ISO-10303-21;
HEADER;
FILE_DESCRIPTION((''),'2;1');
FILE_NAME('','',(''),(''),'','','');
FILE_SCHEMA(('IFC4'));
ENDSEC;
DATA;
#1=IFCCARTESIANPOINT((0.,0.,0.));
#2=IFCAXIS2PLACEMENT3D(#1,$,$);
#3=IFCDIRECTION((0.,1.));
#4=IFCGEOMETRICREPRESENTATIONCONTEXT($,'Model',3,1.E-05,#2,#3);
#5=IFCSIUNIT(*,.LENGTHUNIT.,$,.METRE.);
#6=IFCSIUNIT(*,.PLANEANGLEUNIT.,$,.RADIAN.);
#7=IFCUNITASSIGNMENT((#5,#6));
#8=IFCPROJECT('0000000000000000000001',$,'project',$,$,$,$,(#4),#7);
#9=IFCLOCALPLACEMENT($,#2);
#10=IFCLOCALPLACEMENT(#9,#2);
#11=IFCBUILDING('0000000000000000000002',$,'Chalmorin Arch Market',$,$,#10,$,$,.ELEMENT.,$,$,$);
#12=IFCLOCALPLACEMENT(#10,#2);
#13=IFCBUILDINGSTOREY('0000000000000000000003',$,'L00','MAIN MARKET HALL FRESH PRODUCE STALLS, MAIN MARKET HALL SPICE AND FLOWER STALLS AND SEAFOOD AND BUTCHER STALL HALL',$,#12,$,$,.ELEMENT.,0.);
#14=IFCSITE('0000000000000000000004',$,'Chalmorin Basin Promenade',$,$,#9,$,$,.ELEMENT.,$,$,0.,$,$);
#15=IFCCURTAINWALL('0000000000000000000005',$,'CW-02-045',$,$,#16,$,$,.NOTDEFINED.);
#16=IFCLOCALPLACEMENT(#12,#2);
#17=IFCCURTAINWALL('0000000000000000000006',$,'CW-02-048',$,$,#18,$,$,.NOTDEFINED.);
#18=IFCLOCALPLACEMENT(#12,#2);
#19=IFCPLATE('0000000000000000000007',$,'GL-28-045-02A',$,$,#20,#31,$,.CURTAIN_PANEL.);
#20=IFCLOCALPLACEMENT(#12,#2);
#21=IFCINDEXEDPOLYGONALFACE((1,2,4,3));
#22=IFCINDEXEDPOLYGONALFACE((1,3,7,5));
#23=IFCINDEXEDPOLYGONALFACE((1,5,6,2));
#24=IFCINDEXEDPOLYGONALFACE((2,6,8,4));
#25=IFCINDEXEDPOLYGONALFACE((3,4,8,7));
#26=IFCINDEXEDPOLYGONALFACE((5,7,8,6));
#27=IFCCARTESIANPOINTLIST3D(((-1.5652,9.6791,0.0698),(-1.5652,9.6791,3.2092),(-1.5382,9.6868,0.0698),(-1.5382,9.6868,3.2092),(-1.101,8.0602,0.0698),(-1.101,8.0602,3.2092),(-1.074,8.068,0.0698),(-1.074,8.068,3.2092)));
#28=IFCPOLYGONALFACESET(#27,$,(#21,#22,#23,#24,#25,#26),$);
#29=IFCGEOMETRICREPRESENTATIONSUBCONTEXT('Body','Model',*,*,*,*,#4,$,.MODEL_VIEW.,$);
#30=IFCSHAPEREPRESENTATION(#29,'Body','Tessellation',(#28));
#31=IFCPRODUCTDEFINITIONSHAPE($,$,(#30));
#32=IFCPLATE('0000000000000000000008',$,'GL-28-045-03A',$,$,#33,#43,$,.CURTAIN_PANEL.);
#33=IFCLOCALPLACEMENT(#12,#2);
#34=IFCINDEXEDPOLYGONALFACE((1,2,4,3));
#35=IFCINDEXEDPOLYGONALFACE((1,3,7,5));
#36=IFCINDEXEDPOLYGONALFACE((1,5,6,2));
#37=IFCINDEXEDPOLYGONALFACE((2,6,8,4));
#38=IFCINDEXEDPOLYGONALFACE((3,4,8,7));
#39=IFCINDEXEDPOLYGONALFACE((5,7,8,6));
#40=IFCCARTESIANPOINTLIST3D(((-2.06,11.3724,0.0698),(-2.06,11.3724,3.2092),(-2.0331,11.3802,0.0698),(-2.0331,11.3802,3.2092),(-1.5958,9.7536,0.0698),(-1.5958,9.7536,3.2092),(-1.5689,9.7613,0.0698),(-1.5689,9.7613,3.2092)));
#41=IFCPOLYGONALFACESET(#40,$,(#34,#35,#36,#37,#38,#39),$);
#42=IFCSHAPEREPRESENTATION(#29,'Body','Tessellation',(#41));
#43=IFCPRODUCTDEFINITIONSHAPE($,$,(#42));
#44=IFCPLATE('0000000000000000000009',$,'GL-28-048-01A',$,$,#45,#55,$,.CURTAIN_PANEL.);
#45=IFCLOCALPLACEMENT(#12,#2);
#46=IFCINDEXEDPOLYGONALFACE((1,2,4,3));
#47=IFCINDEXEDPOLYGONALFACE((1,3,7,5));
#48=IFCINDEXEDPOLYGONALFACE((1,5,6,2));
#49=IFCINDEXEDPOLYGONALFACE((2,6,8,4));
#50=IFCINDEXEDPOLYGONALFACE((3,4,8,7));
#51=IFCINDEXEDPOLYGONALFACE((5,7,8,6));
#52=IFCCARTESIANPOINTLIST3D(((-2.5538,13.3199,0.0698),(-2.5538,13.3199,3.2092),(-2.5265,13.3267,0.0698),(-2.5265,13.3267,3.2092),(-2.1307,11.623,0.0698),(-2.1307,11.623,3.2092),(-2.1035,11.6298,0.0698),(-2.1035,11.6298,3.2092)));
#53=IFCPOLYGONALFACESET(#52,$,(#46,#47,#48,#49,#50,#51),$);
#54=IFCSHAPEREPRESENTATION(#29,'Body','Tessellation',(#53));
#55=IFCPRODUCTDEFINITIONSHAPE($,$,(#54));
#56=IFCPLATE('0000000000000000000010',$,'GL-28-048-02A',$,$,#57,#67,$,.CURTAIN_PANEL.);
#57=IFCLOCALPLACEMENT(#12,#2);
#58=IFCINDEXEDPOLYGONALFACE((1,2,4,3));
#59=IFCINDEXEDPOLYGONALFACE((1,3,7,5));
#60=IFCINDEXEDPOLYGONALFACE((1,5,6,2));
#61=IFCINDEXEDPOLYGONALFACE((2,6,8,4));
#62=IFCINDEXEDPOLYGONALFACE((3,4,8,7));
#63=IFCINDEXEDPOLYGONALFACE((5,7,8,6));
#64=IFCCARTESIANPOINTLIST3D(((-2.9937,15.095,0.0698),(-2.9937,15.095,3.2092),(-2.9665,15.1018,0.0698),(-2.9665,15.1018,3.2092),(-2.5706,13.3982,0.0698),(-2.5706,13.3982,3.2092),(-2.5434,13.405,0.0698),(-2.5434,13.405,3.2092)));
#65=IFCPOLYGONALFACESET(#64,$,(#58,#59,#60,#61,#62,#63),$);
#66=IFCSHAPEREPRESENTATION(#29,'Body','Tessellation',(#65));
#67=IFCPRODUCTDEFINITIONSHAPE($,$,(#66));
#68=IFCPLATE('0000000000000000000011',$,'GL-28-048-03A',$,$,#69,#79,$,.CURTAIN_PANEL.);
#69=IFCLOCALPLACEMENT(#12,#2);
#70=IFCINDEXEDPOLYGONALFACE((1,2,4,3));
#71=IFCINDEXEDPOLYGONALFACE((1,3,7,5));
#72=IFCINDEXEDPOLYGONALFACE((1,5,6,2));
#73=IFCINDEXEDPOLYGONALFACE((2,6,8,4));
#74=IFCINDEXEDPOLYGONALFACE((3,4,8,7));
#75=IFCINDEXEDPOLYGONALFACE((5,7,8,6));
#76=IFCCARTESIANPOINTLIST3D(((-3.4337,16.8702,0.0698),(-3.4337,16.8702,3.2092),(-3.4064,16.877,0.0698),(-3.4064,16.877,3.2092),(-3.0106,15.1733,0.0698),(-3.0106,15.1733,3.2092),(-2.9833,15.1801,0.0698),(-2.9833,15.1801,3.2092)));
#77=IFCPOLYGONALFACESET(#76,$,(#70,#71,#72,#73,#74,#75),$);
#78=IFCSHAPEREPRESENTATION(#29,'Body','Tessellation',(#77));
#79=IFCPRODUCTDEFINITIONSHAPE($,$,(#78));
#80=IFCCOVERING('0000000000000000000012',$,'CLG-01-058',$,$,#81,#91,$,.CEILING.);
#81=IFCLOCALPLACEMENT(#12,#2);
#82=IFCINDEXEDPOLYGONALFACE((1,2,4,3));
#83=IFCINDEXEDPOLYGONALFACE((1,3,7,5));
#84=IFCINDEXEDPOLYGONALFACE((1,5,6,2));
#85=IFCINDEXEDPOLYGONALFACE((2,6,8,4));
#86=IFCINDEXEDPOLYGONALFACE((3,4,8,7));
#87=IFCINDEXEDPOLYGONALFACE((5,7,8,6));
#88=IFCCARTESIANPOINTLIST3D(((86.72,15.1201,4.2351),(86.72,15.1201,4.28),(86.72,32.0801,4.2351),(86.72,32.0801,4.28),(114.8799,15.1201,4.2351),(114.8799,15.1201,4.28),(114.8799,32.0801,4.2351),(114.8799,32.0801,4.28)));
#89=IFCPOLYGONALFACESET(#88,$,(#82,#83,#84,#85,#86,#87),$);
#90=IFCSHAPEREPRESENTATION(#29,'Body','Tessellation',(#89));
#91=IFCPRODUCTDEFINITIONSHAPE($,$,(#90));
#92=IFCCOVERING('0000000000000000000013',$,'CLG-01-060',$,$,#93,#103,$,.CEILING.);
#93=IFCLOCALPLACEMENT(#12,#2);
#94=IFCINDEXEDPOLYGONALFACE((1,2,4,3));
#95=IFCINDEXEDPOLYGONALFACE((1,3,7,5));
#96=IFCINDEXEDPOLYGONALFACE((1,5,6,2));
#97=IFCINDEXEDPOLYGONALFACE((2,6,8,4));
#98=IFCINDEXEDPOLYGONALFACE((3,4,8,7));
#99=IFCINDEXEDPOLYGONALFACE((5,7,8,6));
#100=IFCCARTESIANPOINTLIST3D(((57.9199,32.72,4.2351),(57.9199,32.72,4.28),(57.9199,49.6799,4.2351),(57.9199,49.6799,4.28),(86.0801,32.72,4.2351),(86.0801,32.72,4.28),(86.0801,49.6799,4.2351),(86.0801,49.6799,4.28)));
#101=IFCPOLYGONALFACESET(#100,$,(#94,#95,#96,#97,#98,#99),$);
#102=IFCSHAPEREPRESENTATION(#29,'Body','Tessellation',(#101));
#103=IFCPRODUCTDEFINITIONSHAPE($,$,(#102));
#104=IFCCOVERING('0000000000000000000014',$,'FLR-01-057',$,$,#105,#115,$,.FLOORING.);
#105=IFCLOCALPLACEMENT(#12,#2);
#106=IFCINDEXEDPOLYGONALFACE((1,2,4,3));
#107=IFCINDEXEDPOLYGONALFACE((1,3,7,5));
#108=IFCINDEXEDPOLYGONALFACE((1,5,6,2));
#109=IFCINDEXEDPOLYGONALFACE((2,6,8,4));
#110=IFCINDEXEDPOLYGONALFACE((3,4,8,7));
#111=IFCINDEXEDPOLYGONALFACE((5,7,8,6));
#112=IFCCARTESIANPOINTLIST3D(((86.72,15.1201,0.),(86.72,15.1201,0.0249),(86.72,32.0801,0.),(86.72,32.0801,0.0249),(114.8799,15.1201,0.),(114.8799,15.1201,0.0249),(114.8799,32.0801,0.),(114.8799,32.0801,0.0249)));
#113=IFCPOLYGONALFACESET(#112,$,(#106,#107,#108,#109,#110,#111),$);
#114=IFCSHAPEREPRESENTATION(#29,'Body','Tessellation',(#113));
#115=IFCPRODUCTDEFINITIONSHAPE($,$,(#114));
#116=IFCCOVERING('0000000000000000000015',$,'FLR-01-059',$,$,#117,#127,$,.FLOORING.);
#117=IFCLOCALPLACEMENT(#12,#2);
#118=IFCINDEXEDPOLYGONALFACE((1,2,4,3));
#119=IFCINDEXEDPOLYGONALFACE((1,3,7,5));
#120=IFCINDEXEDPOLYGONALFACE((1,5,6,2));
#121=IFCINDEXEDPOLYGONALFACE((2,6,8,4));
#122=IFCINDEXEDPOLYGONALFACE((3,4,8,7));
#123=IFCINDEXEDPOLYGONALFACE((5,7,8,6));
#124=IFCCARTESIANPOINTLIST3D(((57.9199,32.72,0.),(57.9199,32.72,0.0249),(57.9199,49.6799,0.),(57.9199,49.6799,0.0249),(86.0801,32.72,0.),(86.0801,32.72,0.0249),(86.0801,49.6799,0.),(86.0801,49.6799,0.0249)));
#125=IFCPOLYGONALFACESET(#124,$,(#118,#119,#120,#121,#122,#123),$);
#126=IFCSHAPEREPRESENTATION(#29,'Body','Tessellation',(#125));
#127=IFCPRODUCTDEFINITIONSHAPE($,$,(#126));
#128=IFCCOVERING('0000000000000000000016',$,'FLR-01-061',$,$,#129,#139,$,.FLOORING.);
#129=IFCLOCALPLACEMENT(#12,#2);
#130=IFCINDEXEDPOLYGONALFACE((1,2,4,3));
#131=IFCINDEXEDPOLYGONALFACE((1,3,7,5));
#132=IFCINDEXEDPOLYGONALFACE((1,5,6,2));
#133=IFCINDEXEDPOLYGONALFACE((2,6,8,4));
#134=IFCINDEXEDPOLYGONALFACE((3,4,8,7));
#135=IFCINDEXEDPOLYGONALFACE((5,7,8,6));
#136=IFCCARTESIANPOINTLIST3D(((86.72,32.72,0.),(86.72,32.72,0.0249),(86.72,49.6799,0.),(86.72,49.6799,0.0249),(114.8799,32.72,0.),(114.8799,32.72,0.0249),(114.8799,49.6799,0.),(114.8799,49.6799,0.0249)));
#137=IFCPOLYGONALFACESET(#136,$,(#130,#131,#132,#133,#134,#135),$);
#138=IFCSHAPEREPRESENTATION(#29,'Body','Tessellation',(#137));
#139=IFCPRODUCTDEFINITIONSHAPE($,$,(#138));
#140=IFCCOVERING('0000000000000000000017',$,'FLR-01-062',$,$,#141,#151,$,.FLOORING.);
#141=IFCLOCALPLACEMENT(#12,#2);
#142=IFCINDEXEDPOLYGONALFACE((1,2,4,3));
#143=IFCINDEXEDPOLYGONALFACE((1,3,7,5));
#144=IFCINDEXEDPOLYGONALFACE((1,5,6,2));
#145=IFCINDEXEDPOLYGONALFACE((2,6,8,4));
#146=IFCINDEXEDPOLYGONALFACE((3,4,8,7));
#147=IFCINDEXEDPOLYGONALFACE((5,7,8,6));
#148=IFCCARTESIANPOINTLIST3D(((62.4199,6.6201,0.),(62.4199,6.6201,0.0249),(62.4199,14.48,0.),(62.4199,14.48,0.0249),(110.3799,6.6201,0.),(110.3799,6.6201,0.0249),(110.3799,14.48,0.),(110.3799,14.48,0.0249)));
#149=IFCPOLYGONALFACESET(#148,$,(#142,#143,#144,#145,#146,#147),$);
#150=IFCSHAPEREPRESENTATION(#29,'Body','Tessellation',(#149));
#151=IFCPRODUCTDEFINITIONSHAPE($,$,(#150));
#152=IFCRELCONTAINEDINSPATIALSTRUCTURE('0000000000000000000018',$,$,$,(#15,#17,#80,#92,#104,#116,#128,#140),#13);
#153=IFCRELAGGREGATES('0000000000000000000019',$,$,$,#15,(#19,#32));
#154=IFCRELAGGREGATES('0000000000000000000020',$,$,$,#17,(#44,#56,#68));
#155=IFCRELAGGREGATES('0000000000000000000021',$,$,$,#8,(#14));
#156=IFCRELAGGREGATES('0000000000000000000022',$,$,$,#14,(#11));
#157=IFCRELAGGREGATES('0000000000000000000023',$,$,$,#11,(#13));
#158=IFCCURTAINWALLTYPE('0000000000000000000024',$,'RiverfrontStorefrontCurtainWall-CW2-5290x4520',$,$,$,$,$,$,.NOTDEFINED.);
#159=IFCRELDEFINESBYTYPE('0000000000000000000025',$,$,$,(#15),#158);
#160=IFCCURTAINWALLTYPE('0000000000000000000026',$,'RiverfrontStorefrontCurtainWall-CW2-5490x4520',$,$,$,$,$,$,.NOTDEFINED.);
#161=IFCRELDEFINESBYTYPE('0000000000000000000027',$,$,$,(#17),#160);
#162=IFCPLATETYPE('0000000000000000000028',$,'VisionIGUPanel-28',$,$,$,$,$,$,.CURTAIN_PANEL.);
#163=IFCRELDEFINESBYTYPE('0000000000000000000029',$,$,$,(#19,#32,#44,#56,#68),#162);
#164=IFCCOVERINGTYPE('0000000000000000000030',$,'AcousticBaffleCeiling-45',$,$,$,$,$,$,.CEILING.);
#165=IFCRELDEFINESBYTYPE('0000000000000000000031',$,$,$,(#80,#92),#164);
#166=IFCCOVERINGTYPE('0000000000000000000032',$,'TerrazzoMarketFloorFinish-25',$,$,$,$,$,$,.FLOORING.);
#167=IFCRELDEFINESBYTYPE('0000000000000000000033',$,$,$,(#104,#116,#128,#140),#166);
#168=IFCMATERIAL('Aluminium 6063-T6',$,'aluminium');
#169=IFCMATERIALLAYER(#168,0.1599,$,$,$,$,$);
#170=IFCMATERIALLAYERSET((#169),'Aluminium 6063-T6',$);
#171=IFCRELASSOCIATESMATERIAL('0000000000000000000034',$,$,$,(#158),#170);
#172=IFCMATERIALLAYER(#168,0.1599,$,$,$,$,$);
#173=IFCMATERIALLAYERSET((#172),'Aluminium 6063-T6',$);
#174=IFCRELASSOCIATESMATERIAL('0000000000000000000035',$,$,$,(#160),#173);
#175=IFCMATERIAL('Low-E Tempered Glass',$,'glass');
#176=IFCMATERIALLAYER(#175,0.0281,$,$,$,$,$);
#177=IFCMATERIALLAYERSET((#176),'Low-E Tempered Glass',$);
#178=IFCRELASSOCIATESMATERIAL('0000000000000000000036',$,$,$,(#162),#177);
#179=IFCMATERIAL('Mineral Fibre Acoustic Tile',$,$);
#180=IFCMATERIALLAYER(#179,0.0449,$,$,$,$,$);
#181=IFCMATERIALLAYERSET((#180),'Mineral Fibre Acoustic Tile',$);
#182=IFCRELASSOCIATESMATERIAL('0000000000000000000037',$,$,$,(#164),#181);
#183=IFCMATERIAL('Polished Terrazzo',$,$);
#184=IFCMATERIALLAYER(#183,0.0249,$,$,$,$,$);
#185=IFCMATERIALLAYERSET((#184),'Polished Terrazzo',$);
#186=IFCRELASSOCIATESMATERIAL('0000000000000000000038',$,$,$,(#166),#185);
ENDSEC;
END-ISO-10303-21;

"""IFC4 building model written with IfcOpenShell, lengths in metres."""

from ifc_helpers import new_model, si_unit, direction, frame, origin, origin_2d, place, context, subcontext, project, spatial, polyline, rectangle, outline, extrude, material, layer, layer_set, type_object, element, aggregate, save


model = new_model("IFC4")

# Units and contexts
model_context = context("Model", 3, precision=1e-05, world=origin(), true_north=direction((0.0, 1.0)))
body_context = subcontext(model_context, "Body", "Model", "MODEL_VIEW")
ifc_project = project(units=[si_unit("LENGTHUNIT", "METRE"), si_unit("PLANEANGLEUNIT", "RADIAN")], contexts=[model_context])

# Site, building, storey
site_placement = place(None, origin())
site = spatial("IfcSite", under=ifc_project, at=site_placement, Name="Chalmorin Basin Promenade", CompositionType="ELEMENT", RefElevation=0.0)
building_placement = place(site_placement, origin())
building = spatial("IfcBuilding", under=site, at=building_placement, Name="Chalmorin Arch Market", CompositionType="ELEMENT")
storey_placement = place(building_placement, origin())
storey = spatial("IfcBuildingStorey", under=building, at=storey_placement, Name="L00", Description="MAIN MARKET HALL FRESH PRODUCE STALLS, MAIN MARKET HALL SPICE AND FLOWER STALLS AND SEAFOOD AND BUTCHER STALL HALL", CompositionType="ELEMENT", Elevation=0.0)

# Curtain walls
ifc_material_1 = material(Name="Aluminium 6063-T6", Category="aluminium")
ifc_layer_1 = layer(ifc_material_1, 0.1599)
ifc_layer_set_1 = layer_set([ifc_layer_1], Name="Aluminium 6063-T6")
curtain_wall_type_1 = type_object("IfcCurtainWallType", Name="RiverfrontStorefrontCurtainWall-CW2-5290x4520", PredefinedType="NOTDEFINED", material=ifc_layer_set_1)
curtain_wall_1_placement = place(storey_placement, origin())
curtain_wall_1 = element("IfcCurtainWall", 1, at=curtain_wall_1_placement, inside=storey, type_object=curtain_wall_type_1, Name="CW-02-045", PredefinedType="NOTDEFINED")
ifc_layer_2 = layer(ifc_material_1, 0.1599)
ifc_layer_set_2 = layer_set([ifc_layer_2], Name="Aluminium 6063-T6")
curtain_wall_type_2 = type_object("IfcCurtainWallType", Name="RiverfrontStorefrontCurtainWall-CW2-5490x4520", PredefinedType="NOTDEFINED", material=ifc_layer_set_2)
curtain_wall_2_placement = place(storey_placement, origin())
curtain_wall_2 = element("IfcCurtainWall", 2, at=curtain_wall_2_placement, inside=storey, type_object=curtain_wall_type_2, Name="CW-02-048", PredefinedType="NOTDEFINED")

# Plates
ifc_material_2 = material(Name="Low-E Tempered Glass", Category="glass")
ifc_layer_3 = layer(ifc_material_2, 0.0281)
ifc_layer_set_3 = layer_set([ifc_layer_3], Name="Low-E Tempered Glass")
plate_type_1 = type_object("IfcPlateType", Name="VisionIGUPanel-28", PredefinedType="CURTAIN_PANEL", material=ifc_layer_set_3)
plate_1_placement = place(storey_placement, frame((-1.3196, 8.8735, 0.0698), z_axis=(0.0, 0.0, 1.0), x_axis=(-0.275637, 0.961262, 0.0)))
plate_1 = element("IfcPlate", 3, at=plate_1_placement, type_object=plate_type_1, Name="GL-28-045-02A", PredefinedType="CURTAIN_PANEL", context=body_context, shape_type="SweptSolid", body=[
    extrude(rectangle(XDim=1.6841, YDim=0.0281, at=origin_2d()), origin(), (0.0, 0.0, 1.0), 3.1394),
])
plate_2_placement = place(storey_placement, frame((-1.8145, 10.5669, 0.0698), z_axis=(0.0, 0.0, 1.0), x_axis=(-0.275637, 0.961262, 0.0)))
plate_2 = element("IfcPlate", 4, at=plate_2_placement, type_object=plate_type_1, Name="GL-28-045-03A", PredefinedType="CURTAIN_PANEL", context=body_context, shape_type="SweptSolid", body=[
    extrude(rectangle(XDim=1.6841, YDim=0.0281, at=origin_2d()), origin(), (0.0, 0.0, 1.0), 3.1394),
])
aggregate(curtain_wall_1, [plate_1, plate_2])
plate_3_placement = place(storey_placement, frame((-2.3286, 12.4749, 0.0698), z_axis=(0.0, 0.0, 1.0), x_axis=(-0.241922, 0.970296, 0.0)))
plate_3 = element("IfcPlate", 5, at=plate_3_placement, type_object=plate_type_1, Name="GL-28-048-01A", PredefinedType="CURTAIN_PANEL", context=body_context, shape_type="SweptSolid", body=[
    extrude(rectangle(XDim=1.7488, YDim=0.0281, at=origin_2d()), origin(), (0.0, 0.0, 1.0), 3.1394),
])
plate_4_placement = place(storey_placement, frame((-2.7686, 14.25, 0.0698), z_axis=(0.0, 0.0, 1.0), x_axis=(-0.241922, 0.970296, 0.0)))
plate_4 = element("IfcPlate", 6, at=plate_4_placement, type_object=plate_type_1, Name="GL-28-048-02A", PredefinedType="CURTAIN_PANEL", context=body_context, shape_type="SweptSolid", body=[
    extrude(rectangle(XDim=1.7488, YDim=0.0281, at=origin_2d()), origin(), (0.0, 0.0, 1.0), 3.1394),
])
plate_5_placement = place(storey_placement, frame((-3.2085, 16.0251, 0.0698), z_axis=(0.0, 0.0, 1.0), x_axis=(-0.241922, 0.970296, 0.0)))
plate_5 = element("IfcPlate", 7, at=plate_5_placement, type_object=plate_type_1, Name="GL-28-048-03A", PredefinedType="CURTAIN_PANEL", context=body_context, shape_type="SweptSolid", body=[
    extrude(rectangle(XDim=1.7488, YDim=0.0281, at=origin_2d()), origin(), (0.0, 0.0, 1.0), 3.1394),
])
aggregate(curtain_wall_2, [plate_3, plate_4, plate_5])

# Coverings
ifc_material_3 = material(Name="Mineral Fibre Acoustic Tile")
ifc_layer_4 = layer(ifc_material_3, 0.0449)
ifc_layer_set_4 = layer_set([ifc_layer_4], Name="Mineral Fibre Acoustic Tile")
covering_type_1 = type_object("IfcCoveringType", Name="AcousticBaffleCeiling-45", PredefinedType="CEILING", material=ifc_layer_set_4)
covering_1_placement = place(storey_placement, frame((0.0, 0.0, 4.2351)))
element("IfcCovering", 8, at=covering_1_placement, inside=storey, type_object=covering_type_1, Name="CLG-01-058", PredefinedType="CEILING", context=body_context, shape_type="SweptSolid", body=[
    extrude(outline(polyline([(86.72, 15.1201), (114.8799, 15.1201), (114.8799, 32.0801), (86.72, 32.0801), (86.72, 15.1201)])), origin(), (0.0, 0.0, 1.0), 0.0449),
])
covering_2_placement = place(storey_placement, frame((0.0, 0.0, 4.2351)))
element("IfcCovering", 9, at=covering_2_placement, inside=storey, type_object=covering_type_1, Name="CLG-01-060", PredefinedType="CEILING", context=body_context, shape_type="SweptSolid", body=[
    extrude(outline(polyline([(57.9199, 32.72), (86.0801, 32.72), (86.0801, 49.6799), (57.9199, 49.6799), (57.9199, 32.72)])), origin(), (0.0, 0.0, 1.0), 0.0449),
])
ifc_material_4 = material(Name="Polished Terrazzo")
ifc_layer_5 = layer(ifc_material_4, 0.0249)
ifc_layer_set_5 = layer_set([ifc_layer_5], Name="Polished Terrazzo")
covering_type_2 = type_object("IfcCoveringType", Name="TerrazzoMarketFloorFinish-25", PredefinedType="FLOORING", material=ifc_layer_set_5)
covering_3_placement = place(storey_placement, origin())
element("IfcCovering", 10, at=covering_3_placement, inside=storey, type_object=covering_type_2, Name="FLR-01-057", PredefinedType="FLOORING", context=body_context, shape_type="SweptSolid", body=[
    extrude(outline(polyline([(86.72, 15.1201), (114.8799, 15.1201), (114.8799, 32.0801), (86.72, 32.0801), (86.72, 15.1201)])), origin(), (0.0, 0.0, 1.0), 0.0249),
])
covering_4_placement = place(storey_placement, origin())
element("IfcCovering", 11, at=covering_4_placement, inside=storey, type_object=covering_type_2, Name="FLR-01-059", PredefinedType="FLOORING", context=body_context, shape_type="SweptSolid", body=[
    extrude(outline(polyline([(57.9199, 32.72), (86.0801, 32.72), (86.0801, 49.6799), (57.9199, 49.6799), (57.9199, 32.72)])), origin(), (0.0, 0.0, 1.0), 0.0249),
])
covering_5_placement = place(storey_placement, origin())
element("IfcCovering", 12, at=covering_5_placement, inside=storey, type_object=covering_type_2, Name="FLR-01-061", PredefinedType="FLOORING", context=body_context, shape_type="SweptSolid", body=[
    extrude(outline(polyline([(86.72, 32.72), (114.8799, 32.72), (114.8799, 49.6799), (86.72, 49.6799), (86.72, 32.72)])), origin(), (0.0, 0.0, 1.0), 0.0249),
])
covering_6_placement = place(storey_placement, origin())
element("IfcCovering", 13, at=covering_6_placement, inside=storey, type_object=covering_type_2, Name="FLR-01-062", PredefinedType="FLOORING", context=body_context, shape_type="SweptSolid", body=[
    extrude(outline(polyline([(62.4199, 6.6201), (110.3799, 6.6201), (110.3799, 14.48), (62.4199, 14.48), (62.4199, 6.6201)])), origin(), (0.0, 0.0, 1.0), 0.0249),
])

save(model, "model.ifc")
